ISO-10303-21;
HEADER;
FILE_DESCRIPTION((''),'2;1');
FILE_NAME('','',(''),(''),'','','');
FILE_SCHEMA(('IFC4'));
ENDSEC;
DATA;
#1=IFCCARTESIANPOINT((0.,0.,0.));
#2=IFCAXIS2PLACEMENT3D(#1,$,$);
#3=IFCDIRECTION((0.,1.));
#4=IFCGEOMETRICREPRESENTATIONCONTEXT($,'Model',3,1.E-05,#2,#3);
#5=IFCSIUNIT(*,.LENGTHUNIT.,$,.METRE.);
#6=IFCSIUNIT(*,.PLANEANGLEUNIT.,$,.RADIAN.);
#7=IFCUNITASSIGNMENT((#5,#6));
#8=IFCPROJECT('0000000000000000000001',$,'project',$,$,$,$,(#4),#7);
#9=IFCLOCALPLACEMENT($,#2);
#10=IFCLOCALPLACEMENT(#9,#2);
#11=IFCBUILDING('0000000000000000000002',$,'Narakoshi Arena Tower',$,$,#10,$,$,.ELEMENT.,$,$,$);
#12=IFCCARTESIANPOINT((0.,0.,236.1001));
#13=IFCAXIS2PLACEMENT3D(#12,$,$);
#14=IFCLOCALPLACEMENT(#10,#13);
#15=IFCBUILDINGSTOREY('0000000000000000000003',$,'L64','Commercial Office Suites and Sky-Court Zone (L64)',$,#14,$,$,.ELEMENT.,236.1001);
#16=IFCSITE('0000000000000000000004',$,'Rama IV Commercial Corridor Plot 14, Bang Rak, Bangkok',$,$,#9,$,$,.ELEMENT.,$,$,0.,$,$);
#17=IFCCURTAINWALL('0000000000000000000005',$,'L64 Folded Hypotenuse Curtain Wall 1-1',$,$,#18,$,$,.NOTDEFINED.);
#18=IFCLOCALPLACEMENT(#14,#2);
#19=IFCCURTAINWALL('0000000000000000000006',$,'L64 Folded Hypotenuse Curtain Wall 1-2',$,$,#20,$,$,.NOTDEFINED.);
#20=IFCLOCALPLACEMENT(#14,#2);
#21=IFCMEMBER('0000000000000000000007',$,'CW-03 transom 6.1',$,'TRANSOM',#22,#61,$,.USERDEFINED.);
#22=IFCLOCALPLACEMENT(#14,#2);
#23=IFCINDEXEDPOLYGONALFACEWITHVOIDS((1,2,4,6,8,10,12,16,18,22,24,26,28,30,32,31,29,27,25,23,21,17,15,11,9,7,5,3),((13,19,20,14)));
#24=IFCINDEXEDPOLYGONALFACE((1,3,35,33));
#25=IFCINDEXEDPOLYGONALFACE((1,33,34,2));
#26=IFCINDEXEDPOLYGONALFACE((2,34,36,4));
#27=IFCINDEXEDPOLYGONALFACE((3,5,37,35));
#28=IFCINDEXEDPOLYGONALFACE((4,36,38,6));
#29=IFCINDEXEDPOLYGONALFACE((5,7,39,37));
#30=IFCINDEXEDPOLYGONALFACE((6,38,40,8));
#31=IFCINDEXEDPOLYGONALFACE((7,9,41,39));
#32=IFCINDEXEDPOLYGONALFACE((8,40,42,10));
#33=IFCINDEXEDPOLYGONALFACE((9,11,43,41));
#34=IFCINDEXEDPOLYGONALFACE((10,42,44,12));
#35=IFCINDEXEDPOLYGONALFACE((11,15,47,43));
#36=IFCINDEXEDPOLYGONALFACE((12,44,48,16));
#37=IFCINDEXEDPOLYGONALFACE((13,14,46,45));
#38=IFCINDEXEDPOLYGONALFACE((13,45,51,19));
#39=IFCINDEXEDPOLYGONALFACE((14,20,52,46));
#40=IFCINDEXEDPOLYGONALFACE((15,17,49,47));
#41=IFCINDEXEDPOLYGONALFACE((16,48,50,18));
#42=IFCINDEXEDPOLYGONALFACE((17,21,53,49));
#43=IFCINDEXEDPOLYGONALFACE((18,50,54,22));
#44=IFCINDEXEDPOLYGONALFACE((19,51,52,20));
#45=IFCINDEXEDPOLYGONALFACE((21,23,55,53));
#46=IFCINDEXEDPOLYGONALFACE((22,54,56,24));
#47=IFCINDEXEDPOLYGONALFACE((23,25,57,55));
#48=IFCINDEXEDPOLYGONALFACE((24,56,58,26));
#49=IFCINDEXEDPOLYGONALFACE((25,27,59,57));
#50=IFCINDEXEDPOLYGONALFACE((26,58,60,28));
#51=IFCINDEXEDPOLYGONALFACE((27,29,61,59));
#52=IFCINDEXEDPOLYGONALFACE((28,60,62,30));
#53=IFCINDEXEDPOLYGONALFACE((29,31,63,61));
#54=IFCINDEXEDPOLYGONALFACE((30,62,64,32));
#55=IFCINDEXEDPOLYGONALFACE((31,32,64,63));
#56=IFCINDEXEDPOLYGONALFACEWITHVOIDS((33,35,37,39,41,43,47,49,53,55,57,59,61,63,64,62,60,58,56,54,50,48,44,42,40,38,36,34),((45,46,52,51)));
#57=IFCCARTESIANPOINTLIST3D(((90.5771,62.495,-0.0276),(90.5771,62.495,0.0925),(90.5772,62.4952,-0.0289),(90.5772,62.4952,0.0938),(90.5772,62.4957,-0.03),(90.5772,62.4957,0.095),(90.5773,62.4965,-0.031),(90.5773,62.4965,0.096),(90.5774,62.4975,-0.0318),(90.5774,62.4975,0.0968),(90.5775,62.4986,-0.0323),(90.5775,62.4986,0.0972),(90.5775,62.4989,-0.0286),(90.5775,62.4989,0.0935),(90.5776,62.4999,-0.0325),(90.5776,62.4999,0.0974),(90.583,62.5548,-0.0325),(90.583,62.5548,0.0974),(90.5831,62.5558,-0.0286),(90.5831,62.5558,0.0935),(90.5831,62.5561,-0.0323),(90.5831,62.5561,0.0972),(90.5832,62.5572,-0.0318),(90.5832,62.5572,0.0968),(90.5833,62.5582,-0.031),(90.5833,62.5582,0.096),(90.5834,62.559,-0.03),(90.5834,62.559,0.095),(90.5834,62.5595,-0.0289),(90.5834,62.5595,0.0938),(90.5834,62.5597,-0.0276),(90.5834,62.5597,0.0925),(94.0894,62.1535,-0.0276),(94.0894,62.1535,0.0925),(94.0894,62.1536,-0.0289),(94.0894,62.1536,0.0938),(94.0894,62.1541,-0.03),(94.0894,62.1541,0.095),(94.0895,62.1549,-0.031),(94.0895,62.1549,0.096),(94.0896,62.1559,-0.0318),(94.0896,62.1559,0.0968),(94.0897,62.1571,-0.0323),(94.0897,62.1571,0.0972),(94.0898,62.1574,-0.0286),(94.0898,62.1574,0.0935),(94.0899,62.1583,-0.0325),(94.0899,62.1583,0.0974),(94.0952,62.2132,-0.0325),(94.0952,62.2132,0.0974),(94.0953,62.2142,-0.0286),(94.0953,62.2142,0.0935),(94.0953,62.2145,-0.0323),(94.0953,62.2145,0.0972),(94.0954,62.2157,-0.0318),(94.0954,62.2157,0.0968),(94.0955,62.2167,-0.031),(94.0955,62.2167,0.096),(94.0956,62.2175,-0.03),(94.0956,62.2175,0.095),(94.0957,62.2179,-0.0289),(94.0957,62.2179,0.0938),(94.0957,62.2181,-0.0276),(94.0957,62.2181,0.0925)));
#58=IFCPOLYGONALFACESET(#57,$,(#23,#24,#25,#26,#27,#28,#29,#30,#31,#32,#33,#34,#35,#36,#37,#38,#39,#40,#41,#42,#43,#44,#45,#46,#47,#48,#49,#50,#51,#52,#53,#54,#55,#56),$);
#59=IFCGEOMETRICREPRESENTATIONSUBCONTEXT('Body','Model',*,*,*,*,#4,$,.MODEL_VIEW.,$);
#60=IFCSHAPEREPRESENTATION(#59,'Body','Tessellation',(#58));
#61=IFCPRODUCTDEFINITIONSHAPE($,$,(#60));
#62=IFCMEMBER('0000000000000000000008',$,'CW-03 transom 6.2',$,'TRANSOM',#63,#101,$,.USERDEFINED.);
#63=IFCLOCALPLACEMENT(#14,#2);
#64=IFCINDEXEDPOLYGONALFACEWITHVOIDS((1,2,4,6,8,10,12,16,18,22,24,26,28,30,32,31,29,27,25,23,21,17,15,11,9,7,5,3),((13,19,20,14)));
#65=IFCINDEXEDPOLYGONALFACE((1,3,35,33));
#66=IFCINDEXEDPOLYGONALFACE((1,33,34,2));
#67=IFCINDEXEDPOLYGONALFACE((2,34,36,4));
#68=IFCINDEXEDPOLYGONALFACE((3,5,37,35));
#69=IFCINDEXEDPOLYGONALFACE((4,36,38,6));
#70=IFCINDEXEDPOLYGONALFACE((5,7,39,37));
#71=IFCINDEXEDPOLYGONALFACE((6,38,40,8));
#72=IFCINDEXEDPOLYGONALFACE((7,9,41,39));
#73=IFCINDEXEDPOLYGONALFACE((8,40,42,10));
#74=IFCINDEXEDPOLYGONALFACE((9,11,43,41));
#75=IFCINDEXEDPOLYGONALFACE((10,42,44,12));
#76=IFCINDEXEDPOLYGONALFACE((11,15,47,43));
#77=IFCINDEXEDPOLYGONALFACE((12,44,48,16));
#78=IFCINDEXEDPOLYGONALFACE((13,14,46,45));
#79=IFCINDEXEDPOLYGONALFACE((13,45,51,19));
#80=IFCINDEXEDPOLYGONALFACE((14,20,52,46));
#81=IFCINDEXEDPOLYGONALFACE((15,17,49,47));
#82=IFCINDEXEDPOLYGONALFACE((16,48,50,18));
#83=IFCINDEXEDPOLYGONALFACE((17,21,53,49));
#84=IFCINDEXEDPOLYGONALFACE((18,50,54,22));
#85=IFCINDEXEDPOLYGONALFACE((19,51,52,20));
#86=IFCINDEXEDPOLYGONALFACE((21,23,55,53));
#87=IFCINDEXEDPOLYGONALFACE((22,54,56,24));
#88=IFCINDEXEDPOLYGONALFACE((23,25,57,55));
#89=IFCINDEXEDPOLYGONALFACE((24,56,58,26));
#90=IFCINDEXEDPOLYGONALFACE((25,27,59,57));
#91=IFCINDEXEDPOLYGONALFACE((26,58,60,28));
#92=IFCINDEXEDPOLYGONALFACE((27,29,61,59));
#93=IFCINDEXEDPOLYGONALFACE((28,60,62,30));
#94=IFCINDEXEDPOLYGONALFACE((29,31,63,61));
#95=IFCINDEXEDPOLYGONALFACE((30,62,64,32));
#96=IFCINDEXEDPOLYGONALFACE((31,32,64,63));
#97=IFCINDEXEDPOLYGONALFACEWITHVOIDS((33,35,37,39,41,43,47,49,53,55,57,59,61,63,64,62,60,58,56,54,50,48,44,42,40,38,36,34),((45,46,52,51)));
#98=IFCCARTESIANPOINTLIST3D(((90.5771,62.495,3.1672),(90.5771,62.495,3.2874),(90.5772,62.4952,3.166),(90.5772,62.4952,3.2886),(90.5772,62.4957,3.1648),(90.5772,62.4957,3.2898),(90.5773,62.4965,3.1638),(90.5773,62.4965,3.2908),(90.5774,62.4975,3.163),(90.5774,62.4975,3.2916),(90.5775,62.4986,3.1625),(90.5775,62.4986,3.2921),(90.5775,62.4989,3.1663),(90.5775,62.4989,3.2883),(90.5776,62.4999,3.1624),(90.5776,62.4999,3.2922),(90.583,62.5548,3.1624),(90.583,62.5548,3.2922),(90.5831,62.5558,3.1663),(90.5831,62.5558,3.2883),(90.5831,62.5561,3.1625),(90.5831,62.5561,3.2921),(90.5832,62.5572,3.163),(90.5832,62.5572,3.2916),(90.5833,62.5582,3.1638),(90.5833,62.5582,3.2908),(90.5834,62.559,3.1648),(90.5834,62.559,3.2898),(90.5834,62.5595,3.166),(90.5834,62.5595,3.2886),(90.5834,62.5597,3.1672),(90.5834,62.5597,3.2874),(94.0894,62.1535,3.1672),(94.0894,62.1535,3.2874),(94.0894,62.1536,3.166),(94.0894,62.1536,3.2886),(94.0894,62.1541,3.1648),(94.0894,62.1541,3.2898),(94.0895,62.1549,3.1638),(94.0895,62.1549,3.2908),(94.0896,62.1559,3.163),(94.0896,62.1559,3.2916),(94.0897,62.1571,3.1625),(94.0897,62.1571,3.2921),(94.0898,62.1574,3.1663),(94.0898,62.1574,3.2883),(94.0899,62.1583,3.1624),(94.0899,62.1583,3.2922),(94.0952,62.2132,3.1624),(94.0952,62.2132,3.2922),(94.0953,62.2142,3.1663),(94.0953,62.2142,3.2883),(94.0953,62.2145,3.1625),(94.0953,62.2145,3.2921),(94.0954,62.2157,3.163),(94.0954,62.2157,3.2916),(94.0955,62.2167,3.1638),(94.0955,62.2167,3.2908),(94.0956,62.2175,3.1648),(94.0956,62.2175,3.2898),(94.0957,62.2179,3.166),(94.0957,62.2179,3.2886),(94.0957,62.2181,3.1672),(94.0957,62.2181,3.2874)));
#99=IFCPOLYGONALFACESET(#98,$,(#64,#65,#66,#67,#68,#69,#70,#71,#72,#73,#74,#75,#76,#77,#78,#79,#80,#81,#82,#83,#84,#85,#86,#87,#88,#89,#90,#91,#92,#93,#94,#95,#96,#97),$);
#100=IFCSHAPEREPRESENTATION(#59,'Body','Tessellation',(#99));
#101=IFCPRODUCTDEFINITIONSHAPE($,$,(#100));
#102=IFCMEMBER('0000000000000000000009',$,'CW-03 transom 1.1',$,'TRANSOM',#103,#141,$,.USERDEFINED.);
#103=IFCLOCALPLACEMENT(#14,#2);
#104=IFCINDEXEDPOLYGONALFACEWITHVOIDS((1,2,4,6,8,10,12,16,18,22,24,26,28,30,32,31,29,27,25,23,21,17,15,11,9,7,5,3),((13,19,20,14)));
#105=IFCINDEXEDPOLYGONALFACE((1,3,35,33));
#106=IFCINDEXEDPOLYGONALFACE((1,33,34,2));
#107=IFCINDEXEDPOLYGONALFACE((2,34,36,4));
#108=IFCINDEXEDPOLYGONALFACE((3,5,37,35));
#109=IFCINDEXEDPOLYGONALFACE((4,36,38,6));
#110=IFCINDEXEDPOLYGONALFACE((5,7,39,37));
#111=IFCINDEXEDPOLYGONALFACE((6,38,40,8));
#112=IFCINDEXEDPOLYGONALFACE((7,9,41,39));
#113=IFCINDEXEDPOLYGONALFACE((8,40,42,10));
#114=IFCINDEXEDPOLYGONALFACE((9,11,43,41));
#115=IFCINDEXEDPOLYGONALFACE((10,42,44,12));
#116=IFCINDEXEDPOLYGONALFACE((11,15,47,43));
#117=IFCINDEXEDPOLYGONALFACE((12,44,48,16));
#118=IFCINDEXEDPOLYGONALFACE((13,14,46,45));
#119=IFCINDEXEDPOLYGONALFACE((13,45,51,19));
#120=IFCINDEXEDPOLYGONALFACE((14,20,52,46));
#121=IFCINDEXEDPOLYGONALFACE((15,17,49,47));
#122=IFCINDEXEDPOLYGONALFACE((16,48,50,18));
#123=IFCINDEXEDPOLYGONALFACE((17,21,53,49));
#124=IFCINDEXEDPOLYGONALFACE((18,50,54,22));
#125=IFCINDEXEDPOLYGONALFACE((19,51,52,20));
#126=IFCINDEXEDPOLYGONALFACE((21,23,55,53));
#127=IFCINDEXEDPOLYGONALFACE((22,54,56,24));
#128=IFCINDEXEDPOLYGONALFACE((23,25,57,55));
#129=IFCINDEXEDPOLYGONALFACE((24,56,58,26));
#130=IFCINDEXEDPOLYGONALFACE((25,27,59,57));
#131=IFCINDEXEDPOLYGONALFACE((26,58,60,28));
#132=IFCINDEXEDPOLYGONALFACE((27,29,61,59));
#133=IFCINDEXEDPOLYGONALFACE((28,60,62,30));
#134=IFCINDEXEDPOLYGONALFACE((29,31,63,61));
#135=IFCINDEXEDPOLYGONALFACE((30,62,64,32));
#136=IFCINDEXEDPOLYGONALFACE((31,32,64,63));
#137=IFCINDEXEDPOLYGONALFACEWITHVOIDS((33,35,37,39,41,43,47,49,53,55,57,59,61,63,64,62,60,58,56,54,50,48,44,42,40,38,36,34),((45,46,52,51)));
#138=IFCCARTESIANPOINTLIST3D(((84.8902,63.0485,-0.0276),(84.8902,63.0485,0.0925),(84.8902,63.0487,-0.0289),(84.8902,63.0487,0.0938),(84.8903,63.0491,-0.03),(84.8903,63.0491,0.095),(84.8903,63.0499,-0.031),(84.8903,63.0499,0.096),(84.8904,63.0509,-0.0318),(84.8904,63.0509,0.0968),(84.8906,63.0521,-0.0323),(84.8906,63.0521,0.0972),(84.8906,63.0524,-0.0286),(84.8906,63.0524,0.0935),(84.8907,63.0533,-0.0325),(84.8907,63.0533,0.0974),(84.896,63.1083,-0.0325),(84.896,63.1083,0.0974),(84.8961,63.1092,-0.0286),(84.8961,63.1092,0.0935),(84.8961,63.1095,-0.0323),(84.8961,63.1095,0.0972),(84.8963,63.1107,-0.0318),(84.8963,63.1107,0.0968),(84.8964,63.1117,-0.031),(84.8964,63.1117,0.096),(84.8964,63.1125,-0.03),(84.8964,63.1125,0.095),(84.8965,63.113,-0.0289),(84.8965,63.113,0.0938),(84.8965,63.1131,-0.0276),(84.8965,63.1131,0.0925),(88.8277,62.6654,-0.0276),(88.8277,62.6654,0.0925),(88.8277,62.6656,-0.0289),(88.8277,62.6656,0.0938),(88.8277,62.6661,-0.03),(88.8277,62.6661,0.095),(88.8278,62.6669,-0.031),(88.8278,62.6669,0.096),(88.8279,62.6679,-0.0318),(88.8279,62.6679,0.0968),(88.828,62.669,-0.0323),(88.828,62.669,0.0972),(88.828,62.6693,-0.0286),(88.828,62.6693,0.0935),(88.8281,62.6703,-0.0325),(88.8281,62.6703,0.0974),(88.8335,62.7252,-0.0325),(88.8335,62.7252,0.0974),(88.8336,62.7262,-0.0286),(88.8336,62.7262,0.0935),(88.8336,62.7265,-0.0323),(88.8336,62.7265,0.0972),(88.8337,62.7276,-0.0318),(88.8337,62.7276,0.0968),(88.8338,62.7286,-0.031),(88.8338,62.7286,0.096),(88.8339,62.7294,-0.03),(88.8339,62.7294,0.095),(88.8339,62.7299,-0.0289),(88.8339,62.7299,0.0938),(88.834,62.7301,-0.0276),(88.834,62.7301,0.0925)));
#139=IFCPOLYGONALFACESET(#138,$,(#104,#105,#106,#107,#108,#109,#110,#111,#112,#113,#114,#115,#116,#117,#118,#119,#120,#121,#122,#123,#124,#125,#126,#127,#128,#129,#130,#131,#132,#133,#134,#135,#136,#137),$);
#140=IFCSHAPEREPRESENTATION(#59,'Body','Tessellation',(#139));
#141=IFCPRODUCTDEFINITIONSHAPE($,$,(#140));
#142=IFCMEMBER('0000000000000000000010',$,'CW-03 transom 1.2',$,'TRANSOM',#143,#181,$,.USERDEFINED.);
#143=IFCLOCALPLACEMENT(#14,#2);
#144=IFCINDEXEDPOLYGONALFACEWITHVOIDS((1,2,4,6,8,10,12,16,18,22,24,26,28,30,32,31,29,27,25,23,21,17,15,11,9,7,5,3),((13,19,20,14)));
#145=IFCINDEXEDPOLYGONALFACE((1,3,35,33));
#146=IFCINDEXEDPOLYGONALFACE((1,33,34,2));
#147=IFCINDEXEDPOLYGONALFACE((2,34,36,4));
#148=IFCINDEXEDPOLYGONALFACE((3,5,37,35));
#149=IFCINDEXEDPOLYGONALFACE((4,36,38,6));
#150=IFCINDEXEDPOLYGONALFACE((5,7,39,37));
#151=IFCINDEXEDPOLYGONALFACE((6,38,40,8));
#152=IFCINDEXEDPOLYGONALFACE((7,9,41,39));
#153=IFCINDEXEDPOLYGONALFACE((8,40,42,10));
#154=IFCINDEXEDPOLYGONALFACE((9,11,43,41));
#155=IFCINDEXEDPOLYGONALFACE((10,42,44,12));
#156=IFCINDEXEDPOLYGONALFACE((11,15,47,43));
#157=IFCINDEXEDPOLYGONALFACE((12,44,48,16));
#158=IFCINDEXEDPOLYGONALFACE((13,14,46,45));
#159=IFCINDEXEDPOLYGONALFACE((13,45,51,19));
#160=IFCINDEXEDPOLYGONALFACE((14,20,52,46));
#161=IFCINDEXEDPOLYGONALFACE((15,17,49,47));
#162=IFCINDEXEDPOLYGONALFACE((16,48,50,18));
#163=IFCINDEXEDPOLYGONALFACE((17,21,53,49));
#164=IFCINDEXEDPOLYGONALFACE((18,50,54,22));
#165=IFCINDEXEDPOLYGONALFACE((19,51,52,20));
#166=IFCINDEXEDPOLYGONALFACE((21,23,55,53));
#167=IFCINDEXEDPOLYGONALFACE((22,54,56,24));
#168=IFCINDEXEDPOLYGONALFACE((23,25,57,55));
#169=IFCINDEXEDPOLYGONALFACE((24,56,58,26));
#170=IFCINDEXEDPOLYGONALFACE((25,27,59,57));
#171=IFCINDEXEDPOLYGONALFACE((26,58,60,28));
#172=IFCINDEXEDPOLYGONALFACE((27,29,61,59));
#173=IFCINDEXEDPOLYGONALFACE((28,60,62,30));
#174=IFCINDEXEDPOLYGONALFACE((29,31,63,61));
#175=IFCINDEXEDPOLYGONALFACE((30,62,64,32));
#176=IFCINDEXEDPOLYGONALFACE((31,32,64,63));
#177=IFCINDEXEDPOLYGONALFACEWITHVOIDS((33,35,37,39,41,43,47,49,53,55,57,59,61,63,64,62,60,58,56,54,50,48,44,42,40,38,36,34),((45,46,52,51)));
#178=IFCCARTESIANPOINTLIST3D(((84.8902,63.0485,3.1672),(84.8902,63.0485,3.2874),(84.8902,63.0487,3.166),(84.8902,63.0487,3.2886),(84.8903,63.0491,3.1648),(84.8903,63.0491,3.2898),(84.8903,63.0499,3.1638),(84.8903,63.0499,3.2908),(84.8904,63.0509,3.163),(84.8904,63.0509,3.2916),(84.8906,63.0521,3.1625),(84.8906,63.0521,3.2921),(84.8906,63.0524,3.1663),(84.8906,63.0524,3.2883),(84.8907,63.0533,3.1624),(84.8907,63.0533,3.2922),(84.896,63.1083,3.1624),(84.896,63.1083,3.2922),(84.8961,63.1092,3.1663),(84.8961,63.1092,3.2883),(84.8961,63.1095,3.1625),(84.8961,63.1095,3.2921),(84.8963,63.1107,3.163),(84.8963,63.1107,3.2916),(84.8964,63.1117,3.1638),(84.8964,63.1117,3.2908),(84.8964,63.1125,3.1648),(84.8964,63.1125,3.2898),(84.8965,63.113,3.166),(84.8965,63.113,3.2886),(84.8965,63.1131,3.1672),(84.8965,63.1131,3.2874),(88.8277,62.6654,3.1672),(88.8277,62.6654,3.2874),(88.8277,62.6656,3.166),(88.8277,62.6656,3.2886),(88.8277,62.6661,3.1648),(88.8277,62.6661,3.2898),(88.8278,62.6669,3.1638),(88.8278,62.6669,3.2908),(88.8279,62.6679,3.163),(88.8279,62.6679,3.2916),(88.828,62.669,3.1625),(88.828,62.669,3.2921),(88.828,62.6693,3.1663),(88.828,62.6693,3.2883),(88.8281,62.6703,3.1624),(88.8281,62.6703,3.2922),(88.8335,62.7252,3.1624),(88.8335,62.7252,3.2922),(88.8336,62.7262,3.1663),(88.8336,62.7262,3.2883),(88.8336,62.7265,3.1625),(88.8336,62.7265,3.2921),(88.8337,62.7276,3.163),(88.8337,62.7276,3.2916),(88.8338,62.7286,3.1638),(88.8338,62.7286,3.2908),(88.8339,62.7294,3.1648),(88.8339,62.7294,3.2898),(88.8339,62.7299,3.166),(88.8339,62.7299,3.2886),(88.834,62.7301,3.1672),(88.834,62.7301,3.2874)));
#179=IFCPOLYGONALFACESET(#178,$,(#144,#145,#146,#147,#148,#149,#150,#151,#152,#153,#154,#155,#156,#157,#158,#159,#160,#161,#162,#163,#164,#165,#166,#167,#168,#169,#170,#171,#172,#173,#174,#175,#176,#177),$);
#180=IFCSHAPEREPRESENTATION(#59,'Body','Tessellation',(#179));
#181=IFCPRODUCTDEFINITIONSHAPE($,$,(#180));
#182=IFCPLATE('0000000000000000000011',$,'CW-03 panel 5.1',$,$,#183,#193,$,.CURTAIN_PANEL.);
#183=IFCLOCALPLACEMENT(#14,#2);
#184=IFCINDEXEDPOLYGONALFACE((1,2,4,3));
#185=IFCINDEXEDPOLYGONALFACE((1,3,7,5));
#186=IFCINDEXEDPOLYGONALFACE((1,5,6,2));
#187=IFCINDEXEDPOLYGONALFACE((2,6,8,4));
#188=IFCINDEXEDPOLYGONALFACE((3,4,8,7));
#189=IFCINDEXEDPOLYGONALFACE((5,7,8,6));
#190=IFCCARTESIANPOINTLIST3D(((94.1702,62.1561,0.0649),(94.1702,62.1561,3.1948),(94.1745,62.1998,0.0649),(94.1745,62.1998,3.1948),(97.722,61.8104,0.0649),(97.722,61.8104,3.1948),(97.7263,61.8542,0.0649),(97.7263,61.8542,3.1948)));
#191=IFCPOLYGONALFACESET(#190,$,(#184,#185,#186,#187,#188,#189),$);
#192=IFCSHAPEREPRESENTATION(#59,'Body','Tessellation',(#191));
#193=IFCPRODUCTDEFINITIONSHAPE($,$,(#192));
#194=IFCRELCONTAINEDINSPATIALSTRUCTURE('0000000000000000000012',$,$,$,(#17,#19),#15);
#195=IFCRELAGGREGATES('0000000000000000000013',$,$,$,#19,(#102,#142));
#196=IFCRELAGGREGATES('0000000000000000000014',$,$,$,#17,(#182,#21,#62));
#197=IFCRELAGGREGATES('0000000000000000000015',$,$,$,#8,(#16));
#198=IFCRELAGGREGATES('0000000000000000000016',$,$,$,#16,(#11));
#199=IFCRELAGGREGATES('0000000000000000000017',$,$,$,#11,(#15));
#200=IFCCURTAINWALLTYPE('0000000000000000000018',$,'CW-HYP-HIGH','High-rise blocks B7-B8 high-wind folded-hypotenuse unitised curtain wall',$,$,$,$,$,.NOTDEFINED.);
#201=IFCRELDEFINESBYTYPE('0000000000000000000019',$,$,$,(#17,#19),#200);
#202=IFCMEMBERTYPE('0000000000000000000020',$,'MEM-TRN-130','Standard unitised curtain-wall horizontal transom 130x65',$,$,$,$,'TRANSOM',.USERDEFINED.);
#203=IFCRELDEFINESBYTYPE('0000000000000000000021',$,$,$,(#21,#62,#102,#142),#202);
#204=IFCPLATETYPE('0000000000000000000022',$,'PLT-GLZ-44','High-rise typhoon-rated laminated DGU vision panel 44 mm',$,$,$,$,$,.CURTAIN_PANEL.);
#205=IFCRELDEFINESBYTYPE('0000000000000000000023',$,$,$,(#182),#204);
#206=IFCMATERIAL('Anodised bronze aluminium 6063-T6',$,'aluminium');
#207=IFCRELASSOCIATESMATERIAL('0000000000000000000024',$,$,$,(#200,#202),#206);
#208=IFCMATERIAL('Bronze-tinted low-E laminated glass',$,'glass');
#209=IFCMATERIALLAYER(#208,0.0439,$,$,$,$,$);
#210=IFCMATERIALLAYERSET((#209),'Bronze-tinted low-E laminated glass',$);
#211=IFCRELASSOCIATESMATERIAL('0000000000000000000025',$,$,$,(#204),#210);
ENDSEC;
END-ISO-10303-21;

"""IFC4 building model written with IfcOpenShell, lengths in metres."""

from ifc_helpers import new_model, si_unit, direction, frame, origin, origin_2d, place, context, subcontext, project, spatial, rectangle, hollow_rectangle, extrude, material, layer, layer_set, material_profile, profile_set, type_object, element, aggregate, save


model = new_model("IFC4")

# Units and contexts
model_context = context("Model", 3, precision=1e-05, world=origin(), true_north=direction((0.0, 1.0)))
body_context = subcontext(model_context, "Body", "Model", "MODEL_VIEW")
ifc_project = project(units=[si_unit("LENGTHUNIT", "METRE"), si_unit("PLANEANGLEUNIT", "RADIAN")], contexts=[model_context])

# Site, building, storey
site_placement = place(None, origin())
site = spatial("IfcSite", under=ifc_project, at=site_placement, Name="Rama IV Commercial Corridor Plot 14, Bang Rak, Bangkok", CompositionType="ELEMENT", RefElevation=0.0)
building_placement = place(site_placement, origin())
building = spatial("IfcBuilding", under=site, at=building_placement, Name="Narakoshi Arena Tower", CompositionType="ELEMENT")
storey_placement = place(building_placement, frame((0.0, 0.0, 236.1001)))
storey = spatial("IfcBuildingStorey", under=building, at=storey_placement, Name="L64", Description="Commercial Office Suites and Sky-Court Zone (L64)", CompositionType="ELEMENT", Elevation=236.1001)

# Curtain wall
ifc_material_1 = material(Name="Anodised bronze aluminium 6063-T6", Category="aluminium")
curtain_wall_type = type_object("IfcCurtainWallType", Name="CW-HYP-HIGH", Description="High-rise blocks B7-B8 high-wind folded-hypotenuse unitised curtain wall", PredefinedType="NOTDEFINED", material=ifc_material_1)
curtain_wall_1_placement = place(storey_placement, origin())
curtain_wall_1 = element("IfcCurtainWall", 1, at=curtain_wall_1_placement, inside=storey, type_object=curtain_wall_type, Name="L64 Folded Hypotenuse Curtain Wall 1-1", PredefinedType="NOTDEFINED")

# Curtain wall
curtain_wall_2_placement = place(storey_placement, origin())
curtain_wall_2 = element("IfcCurtainWall", 2, at=curtain_wall_2_placement, inside=storey, type_object=curtain_wall_type, Name="L64 Folded Hypotenuse Curtain Wall 1-2", PredefinedType="NOTDEFINED")

# Members
ifc_material_profile_1 = material_profile(ifc_material_1, hollow_rectangle(XDim=0.0649, YDim=0.1299, WallThickness=0.0039, OuterFilletRadius=0.0049, at=origin_2d()), Name="TRN130x65x4")
ifc_profile_set_1 = profile_set([ifc_material_profile_1], Name="Anodised bronze aluminium 6063-T6")
member_type_1 = type_object("IfcMemberType", Name="MEM-TRN-130", Description="Standard unitised curtain-wall horizontal transom 130x65", ElementType="TRANSOM", PredefinedType="USERDEFINED", material=ifc_profile_set_1)
member_1_placement = place(storey_placement, frame((94.0925, 62.1858, 0.0325), z_axis=(-0.995305, 0.096791, 0.0), x_axis=(-0.096791, -0.995305, 0.0)))
member_1 = element("IfcMember", 3, at=member_1_placement, type_object=member_type_1, Name="CW-03 transom 6.1", ObjectType="TRANSOM", PredefinedType="USERDEFINED", context=body_context, shape_type="SweptSolid", body=[
    extrude(hollow_rectangle(XDim=0.0649, YDim=0.1299, WallThickness=0.0039, OuterFilletRadius=0.0049, at=origin_2d()), origin(), (0.0, 0.0, 1.0), 3.5288),
])
member_2_placement = place(storey_placement, frame((94.0925, 62.1858, 3.2273), z_axis=(-0.995305, 0.096791, 0.0), x_axis=(-0.096791, -0.995305, 0.0)))
member_2 = element("IfcMember", 4, at=member_2_placement, type_object=member_type_1, Name="CW-03 transom 6.2", ObjectType="TRANSOM", PredefinedType="USERDEFINED", context=body_context, shape_type="SweptSolid", body=[
    extrude(hollow_rectangle(XDim=0.0649, YDim=0.1299, WallThickness=0.0039, OuterFilletRadius=0.0049, at=origin_2d()), origin(), (0.0, 0.0, 1.0), 3.5288),
])
member_3_placement = place(storey_placement, frame((88.8308, 62.6978, 0.0325), z_axis=(-0.995301, 0.096827, 0.0), x_axis=(-0.096827, -0.995301, 0.0)))
member_3 = element("IfcMember", 5, at=member_3_placement, type_object=member_type_1, Name="CW-03 transom 1.1", ObjectType="TRANSOM", PredefinedType="USERDEFINED", context=body_context, shape_type="SweptSolid", body=[
    extrude(hollow_rectangle(XDim=0.0649, YDim=0.1299, WallThickness=0.0039, OuterFilletRadius=0.0049, at=origin_2d()), origin(), (0.0, 0.0, 1.0), 3.9561),
])
member_4_placement = place(storey_placement, frame((88.8308, 62.6978, 3.2273), z_axis=(-0.995301, 0.096827, 0.0), x_axis=(-0.096827, -0.995301, 0.0)))
member_4 = element("IfcMember", 6, at=member_4_placement, type_object=member_type_1, Name="CW-03 transom 1.2", ObjectType="TRANSOM", PredefinedType="USERDEFINED", context=body_context, shape_type="SweptSolid", body=[
    extrude(hollow_rectangle(XDim=0.0649, YDim=0.1299, WallThickness=0.0039, OuterFilletRadius=0.0049, at=origin_2d()), origin(), (0.0, 0.0, 1.0), 3.9561),
])
aggregate(curtain_wall_2, [member_3, member_4])

# Plate
ifc_material_2 = material(Name="Bronze-tinted low-E laminated glass", Category="glass")
ifc_layer_1 = layer(ifc_material_2, 0.0439)
ifc_layer_set_1 = layer_set([ifc_layer_1], Name="Bronze-tinted low-E laminated glass")
plate_type = type_object("IfcPlateType", Name="PLT-GLZ-44", Description="High-rise typhoon-rated laminated DGU vision panel 44 mm", PredefinedType="CURTAIN_PANEL", material=ifc_layer_set_1)
plate_1_placement = place(storey_placement, frame((95.9482, 62.0051, 0.0649), z_axis=(0.0, 0.0, 1.0), x_axis=(-0.995299, 0.096851, 0.0)))
plate_1 = element("IfcPlate", 7, at=plate_1_placement, type_object=plate_type, Name="CW-03 panel 5.1", PredefinedType="CURTAIN_PANEL", context=body_context, shape_type="SweptSolid", body=[
    extrude(rectangle(XDim=3.5686, YDim=0.0439, at=origin_2d()), origin(), (0.0, 0.0, 1.0), 3.1299),
])
aggregate(curtain_wall_1, [plate_1, member_1, member_2])

save(model, "model.ifc")
